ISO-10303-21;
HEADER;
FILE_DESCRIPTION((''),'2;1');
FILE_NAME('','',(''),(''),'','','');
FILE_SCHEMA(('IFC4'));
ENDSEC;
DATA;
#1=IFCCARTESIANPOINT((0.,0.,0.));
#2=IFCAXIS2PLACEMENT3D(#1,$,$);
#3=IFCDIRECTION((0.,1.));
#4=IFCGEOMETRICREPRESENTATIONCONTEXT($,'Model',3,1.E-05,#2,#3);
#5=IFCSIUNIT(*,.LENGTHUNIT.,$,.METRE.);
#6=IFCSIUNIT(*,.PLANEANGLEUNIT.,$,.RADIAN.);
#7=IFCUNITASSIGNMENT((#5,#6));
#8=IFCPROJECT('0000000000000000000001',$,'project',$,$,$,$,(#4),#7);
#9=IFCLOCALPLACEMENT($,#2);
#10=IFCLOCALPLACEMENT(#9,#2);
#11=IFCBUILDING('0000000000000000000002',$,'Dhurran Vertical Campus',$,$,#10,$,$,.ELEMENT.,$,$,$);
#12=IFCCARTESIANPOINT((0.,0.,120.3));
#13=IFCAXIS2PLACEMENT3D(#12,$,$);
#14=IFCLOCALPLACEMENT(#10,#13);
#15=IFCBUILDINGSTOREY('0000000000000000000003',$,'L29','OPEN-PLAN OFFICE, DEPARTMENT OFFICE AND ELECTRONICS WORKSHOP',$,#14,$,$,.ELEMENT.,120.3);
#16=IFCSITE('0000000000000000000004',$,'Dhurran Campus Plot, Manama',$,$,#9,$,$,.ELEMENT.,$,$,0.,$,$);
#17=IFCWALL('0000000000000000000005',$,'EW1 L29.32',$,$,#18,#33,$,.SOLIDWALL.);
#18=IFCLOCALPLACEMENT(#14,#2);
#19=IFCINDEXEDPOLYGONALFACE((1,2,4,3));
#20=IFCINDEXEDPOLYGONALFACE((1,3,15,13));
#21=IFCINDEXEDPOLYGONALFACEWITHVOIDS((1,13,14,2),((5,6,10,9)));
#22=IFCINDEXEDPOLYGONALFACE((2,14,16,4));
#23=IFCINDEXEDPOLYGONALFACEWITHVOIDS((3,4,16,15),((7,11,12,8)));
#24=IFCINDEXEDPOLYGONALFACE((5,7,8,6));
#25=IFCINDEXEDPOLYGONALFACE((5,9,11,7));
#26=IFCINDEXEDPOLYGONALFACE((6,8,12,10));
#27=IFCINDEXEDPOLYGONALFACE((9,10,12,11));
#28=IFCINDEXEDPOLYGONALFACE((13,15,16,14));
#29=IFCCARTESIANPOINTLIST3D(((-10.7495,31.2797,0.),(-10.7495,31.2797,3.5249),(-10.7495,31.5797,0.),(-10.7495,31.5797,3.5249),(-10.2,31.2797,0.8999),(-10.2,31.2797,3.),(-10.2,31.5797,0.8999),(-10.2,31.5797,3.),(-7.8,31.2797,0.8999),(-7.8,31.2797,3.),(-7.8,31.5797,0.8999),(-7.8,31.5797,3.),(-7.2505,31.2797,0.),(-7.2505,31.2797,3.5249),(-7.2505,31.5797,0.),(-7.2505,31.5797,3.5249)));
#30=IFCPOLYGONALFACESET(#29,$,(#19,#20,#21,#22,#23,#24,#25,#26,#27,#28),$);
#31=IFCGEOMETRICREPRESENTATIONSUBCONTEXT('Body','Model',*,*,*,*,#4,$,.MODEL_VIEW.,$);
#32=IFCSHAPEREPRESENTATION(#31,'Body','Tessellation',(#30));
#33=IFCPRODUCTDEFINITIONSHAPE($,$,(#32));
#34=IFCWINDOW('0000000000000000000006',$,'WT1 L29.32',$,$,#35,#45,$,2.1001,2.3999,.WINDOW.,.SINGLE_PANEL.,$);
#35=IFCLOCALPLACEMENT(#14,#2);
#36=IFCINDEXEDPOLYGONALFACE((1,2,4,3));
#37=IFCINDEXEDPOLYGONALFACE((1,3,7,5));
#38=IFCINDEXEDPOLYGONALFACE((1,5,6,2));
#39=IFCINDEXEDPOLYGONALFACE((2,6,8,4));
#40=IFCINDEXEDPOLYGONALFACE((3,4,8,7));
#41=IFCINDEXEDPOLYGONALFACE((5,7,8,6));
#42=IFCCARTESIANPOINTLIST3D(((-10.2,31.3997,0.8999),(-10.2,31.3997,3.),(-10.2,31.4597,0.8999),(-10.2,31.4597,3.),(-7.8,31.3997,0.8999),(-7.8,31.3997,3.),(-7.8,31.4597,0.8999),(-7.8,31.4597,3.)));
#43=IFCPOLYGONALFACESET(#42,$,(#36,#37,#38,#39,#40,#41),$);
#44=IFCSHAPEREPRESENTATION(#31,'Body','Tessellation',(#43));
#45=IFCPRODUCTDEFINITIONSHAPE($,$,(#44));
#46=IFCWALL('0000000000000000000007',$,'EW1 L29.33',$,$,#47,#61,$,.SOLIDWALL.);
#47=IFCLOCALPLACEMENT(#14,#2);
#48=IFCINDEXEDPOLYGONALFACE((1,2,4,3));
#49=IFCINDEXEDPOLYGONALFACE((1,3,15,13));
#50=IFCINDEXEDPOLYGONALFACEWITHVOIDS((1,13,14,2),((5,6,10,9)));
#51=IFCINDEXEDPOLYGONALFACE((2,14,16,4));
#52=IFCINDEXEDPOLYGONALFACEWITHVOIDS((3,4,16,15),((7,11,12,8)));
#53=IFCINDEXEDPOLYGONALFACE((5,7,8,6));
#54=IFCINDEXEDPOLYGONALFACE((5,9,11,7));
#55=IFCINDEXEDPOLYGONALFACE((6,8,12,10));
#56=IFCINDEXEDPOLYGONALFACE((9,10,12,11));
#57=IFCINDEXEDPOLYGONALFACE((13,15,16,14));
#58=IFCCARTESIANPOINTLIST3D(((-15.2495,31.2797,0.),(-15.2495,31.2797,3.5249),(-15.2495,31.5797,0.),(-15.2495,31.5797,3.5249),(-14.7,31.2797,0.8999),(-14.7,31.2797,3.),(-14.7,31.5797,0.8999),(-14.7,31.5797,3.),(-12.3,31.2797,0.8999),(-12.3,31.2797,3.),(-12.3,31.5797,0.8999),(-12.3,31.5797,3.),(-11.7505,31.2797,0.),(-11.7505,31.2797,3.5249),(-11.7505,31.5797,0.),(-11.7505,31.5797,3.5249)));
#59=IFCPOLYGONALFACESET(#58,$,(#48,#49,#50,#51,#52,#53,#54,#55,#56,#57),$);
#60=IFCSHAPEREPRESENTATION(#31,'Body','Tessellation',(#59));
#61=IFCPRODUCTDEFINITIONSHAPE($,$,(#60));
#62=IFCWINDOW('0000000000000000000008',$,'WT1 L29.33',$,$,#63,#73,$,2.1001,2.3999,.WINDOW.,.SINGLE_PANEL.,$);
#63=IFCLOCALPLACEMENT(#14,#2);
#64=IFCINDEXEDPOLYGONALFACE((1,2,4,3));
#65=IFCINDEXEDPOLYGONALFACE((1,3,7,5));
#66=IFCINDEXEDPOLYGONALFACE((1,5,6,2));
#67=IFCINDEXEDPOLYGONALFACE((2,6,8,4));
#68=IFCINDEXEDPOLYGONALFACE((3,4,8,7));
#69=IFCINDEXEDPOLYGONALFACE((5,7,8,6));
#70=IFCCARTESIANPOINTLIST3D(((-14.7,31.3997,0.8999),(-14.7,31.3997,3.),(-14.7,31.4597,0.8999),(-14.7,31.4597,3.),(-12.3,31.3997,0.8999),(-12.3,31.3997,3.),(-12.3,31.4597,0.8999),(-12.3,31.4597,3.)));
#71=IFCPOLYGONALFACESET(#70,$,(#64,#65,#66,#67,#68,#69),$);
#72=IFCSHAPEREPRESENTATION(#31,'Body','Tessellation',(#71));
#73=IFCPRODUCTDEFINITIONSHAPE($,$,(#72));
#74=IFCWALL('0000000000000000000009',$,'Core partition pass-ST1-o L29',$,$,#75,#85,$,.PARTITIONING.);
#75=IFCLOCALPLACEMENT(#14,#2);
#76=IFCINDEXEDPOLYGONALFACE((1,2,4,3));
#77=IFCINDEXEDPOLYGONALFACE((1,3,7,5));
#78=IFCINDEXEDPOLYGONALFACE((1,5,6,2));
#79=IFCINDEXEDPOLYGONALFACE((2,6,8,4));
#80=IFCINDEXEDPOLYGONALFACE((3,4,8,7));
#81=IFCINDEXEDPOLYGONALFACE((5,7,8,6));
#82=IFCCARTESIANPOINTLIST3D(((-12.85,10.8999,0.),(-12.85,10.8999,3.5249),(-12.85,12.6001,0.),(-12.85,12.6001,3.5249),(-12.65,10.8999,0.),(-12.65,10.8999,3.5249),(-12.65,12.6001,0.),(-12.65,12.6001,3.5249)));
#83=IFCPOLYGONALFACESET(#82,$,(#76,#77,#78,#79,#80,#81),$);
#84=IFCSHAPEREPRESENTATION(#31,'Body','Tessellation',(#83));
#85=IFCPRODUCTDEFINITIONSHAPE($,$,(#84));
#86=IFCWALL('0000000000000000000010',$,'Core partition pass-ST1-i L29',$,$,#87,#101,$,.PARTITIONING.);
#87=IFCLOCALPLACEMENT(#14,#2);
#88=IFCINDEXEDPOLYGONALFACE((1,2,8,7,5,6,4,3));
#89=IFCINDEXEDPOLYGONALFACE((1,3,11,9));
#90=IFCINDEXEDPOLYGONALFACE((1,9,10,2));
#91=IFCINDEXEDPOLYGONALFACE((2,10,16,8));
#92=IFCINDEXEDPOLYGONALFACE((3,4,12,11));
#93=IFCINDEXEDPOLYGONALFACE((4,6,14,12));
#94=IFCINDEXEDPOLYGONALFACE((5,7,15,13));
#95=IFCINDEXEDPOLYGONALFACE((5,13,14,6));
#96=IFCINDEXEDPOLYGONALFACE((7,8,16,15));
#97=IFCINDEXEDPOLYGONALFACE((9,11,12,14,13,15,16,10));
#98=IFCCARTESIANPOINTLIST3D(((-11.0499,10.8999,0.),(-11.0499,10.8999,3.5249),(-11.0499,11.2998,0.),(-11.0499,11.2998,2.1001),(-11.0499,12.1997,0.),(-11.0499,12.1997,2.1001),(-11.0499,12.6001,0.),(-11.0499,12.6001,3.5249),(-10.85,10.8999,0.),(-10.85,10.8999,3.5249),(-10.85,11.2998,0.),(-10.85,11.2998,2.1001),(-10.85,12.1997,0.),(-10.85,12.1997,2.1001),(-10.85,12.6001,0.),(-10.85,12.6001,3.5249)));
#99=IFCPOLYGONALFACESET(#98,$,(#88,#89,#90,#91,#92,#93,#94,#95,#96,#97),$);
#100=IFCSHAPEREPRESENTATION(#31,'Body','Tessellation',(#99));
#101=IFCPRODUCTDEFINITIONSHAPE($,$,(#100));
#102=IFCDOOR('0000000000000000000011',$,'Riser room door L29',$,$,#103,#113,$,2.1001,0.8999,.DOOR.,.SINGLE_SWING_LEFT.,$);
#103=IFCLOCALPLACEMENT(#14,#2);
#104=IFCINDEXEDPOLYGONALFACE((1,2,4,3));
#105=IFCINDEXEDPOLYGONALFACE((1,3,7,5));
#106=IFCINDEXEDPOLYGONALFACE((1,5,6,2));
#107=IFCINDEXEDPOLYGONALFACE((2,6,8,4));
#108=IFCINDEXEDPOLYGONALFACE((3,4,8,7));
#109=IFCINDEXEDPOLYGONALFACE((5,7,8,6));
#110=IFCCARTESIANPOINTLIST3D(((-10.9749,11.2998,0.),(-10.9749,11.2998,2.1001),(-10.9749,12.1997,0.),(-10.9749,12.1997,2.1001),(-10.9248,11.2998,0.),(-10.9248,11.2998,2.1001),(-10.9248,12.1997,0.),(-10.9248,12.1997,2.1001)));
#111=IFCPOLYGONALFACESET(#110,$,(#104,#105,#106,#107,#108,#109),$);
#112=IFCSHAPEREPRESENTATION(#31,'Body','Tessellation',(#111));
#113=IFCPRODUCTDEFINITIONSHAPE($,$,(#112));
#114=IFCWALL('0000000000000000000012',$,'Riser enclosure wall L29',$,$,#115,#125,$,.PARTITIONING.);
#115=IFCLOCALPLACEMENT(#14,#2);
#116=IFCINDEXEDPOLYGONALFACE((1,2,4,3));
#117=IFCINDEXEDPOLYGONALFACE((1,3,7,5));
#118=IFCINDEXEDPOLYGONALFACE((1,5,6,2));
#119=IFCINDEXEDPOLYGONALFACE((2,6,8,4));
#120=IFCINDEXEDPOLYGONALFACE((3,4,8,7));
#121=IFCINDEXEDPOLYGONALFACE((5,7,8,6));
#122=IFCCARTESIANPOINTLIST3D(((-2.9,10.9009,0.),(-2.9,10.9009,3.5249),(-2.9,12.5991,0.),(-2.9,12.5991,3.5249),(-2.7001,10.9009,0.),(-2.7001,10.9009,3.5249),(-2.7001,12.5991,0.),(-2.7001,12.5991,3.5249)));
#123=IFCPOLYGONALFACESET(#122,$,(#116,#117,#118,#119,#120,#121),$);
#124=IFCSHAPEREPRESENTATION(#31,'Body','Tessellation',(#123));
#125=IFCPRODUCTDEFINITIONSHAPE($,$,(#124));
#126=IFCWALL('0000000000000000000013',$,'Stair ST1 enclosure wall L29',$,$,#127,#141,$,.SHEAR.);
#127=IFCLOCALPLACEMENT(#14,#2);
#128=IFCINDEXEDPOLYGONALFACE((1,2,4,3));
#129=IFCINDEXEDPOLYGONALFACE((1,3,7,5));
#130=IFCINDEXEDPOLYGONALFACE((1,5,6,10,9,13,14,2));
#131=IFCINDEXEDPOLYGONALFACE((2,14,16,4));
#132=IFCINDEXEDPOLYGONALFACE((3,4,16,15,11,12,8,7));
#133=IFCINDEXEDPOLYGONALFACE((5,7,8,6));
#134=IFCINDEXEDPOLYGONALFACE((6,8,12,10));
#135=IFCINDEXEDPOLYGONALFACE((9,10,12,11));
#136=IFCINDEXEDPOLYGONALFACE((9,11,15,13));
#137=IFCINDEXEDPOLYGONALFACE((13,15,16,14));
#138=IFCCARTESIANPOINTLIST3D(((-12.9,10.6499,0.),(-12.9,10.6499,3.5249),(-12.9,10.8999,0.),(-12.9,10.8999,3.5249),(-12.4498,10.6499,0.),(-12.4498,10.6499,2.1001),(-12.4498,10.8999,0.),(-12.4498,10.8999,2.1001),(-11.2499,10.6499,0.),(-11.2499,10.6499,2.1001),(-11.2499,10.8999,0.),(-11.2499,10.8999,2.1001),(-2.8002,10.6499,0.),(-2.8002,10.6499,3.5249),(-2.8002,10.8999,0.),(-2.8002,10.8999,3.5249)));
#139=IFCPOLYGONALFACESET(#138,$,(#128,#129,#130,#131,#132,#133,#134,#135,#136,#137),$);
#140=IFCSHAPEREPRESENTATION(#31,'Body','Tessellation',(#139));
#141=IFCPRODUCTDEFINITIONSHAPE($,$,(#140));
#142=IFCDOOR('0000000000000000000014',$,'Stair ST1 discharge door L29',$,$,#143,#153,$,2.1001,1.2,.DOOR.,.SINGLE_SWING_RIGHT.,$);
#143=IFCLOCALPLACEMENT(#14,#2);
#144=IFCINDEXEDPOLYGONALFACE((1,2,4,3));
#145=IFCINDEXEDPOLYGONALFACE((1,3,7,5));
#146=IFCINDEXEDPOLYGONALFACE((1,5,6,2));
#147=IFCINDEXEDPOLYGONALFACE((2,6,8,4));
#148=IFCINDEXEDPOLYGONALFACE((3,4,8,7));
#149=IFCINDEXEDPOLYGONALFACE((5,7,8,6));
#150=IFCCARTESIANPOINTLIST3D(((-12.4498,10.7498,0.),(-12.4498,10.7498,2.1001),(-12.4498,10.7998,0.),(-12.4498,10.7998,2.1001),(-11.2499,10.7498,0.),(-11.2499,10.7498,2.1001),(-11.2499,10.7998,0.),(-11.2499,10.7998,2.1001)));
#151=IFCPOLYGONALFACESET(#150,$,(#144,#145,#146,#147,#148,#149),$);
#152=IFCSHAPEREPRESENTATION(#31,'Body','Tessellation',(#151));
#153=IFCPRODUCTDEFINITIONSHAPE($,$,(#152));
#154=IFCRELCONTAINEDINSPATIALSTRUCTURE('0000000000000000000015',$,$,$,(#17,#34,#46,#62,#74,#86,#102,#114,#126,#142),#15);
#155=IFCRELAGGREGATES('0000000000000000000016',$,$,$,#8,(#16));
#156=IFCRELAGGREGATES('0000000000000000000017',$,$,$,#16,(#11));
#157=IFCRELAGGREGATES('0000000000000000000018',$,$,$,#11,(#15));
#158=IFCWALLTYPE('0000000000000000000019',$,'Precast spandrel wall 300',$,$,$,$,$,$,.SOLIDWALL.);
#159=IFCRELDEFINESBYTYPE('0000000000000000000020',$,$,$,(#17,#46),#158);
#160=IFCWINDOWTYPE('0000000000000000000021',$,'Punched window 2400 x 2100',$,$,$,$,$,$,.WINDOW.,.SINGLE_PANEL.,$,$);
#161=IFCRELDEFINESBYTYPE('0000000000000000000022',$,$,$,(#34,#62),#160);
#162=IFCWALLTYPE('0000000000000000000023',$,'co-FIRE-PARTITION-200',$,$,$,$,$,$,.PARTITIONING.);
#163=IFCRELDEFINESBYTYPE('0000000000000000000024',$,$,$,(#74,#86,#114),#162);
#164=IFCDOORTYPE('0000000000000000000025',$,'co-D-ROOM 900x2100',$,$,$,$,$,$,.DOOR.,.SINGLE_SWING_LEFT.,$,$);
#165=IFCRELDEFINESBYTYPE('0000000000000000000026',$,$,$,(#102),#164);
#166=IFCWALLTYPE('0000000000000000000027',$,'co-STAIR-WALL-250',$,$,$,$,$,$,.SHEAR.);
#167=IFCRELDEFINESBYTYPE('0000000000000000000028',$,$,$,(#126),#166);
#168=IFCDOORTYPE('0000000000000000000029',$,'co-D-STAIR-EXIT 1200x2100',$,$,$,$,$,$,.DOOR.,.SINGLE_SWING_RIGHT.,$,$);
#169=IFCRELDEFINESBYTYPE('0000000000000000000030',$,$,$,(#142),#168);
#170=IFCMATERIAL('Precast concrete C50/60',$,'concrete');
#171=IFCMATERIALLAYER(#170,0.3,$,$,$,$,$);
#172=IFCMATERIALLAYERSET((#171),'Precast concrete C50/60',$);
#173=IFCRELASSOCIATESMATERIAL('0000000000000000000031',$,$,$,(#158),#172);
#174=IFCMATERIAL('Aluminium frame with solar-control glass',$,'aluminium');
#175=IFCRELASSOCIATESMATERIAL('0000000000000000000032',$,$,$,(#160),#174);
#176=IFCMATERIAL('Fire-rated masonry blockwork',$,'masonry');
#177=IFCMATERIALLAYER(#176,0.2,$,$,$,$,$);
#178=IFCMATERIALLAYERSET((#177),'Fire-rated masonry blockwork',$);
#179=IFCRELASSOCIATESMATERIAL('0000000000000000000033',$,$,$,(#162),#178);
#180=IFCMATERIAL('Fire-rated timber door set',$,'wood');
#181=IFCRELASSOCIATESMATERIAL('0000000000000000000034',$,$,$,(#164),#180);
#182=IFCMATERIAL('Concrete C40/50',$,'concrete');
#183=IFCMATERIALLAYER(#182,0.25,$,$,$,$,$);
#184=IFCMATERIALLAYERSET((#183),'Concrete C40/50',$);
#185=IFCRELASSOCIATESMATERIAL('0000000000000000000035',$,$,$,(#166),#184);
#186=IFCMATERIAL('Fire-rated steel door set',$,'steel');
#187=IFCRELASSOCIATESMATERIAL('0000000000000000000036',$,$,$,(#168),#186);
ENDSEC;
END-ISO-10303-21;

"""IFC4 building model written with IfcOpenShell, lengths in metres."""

from ifc_helpers import new_model, si_unit, direction, frame, frame_2d, origin, place, context, subcontext, project, spatial, rectangle, extrude, material, layer, layer_set, type_object, element, fill, save


model = new_model("IFC4")

# Units and contexts
model_context = context("Model", 3, precision=1e-05, world=origin(), true_north=direction((0.0, 1.0)))
body_context = subcontext(model_context, "Body", "Model", "MODEL_VIEW")
ifc_project = project(units=[si_unit("LENGTHUNIT", "METRE"), si_unit("PLANEANGLEUNIT", "RADIAN")], contexts=[model_context])

# Site, building, storey
site_placement = place(None, origin())
site = spatial("IfcSite", under=ifc_project, at=site_placement, Name="Dhurran Campus Plot, Manama", CompositionType="ELEMENT", RefElevation=0.0)
building_placement = place(site_placement, origin())
building = spatial("IfcBuilding", under=site, at=building_placement, Name="Dhurran Vertical Campus", CompositionType="ELEMENT")
storey_placement = place(building_placement, frame((0.0, 0.0, 120.3)))
storey = spatial("IfcBuildingStorey", under=building, at=storey_placement, Name="L29", Description="OPEN-PLAN OFFICE, DEPARTMENT OFFICE AND ELECTRONICS WORKSHOP", CompositionType="ELEMENT", Elevation=120.3)

# Walls, openings, windows
ifc_material_1 = material(Name="Precast concrete C50/60", Category="concrete")
ifc_layer_1 = layer(ifc_material_1, 0.3)
ifc_layer_set_1 = layer_set([ifc_layer_1], Name="Precast concrete C50/60")
wall_type_1 = type_object("IfcWallType", Name="Precast spandrel wall 300", PredefinedType="SOLIDWALL", material=ifc_layer_set_1)
ifc_material_2 = material(Name="Aluminium frame with solar-control glass", Category="aluminium")
window_type = type_object("IfcWindowType", Name="Punched window 2400 x 2100", PartitioningType="SINGLE_PANEL", PredefinedType="WINDOW", material=ifc_material_2)
wall_1_placement = place(storey_placement, frame((-7.2505, 31.4297, 0.0), z_axis=(0.0, 0.0, 1.0), x_axis=(-1.0, 0.0, 0.0)))
wall_1 = element("IfcWall", 1, at=wall_1_placement, inside=storey, type_object=wall_type_1, Name="EW1 L29.32", PredefinedType="SOLIDWALL", context=body_context, shape_type="SweptSolid", body=[
    extrude(rectangle(XDim=3.499, YDim=0.3, at=frame_2d((1.7495, 0.0))), origin(), (0.0, 0.0, 1.0), 3.5249),
])
opening_1_placement = place(wall_1_placement, frame((0.5496, 0.0, 0.8999)))
opening_1 = element("IfcOpeningElement", 2, at=opening_1_placement, cuts=wall_1, PredefinedType="OPENING", context=body_context, shape_type="SweptSolid", body=[
    extrude(rectangle(XDim=2.3999, YDim=2.1001, at=frame_2d((1.2, 1.05))), frame((0.0, 0.1599, 0.0), z_axis=(0.0, -1.0, 0.0), x_axis=(1.0, 0.0, 0.0)), (0.0, 0.0, 1.0), 0.3201),
])
window_1_placement = place(opening_1_placement, origin())
window_1 = element("IfcWindow", 3, at=window_1_placement, inside=storey, type_object=window_type, Name="WT1 L29.32", OverallHeight=2.1001, OverallWidth=2.3999, PartitioningType="SINGLE_PANEL", PredefinedType="WINDOW", context=body_context, shape_type="SweptSolid", body=[
    extrude(rectangle(XDim=2.3999, YDim=2.1001, at=frame_2d((1.2, 1.05))), frame((0.0, 0.03, 0.0), z_axis=(0.0, -1.0, 0.0), x_axis=(1.0, 0.0, 0.0)), (0.0, 0.0, 1.0), 0.0601),
])
fill(opening_1, window_1)
wall_2_placement = place(storey_placement, frame((-11.7505, 31.4297, 0.0), z_axis=(0.0, 0.0, 1.0), x_axis=(-1.0, 0.0, 0.0)))
wall_2 = element("IfcWall", 4, at=wall_2_placement, inside=storey, type_object=wall_type_1, Name="EW1 L29.33", PredefinedType="SOLIDWALL", context=body_context, shape_type="SweptSolid", body=[
    extrude(rectangle(XDim=3.499, YDim=0.3, at=frame_2d((1.7495, 0.0))), origin(), (0.0, 0.0, 1.0), 3.5249),
])
opening_2_placement = place(wall_2_placement, frame((0.5496, 0.0, 0.8999)))
opening_2 = element("IfcOpeningElement", 5, at=opening_2_placement, cuts=wall_2, PredefinedType="OPENING", context=body_context, shape_type="SweptSolid", body=[
    extrude(rectangle(XDim=2.3999, YDim=2.1001, at=frame_2d((1.2, 1.05))), frame((0.0, 0.1599, 0.0), z_axis=(0.0, -1.0, 0.0), x_axis=(1.0, 0.0, 0.0)), (0.0, 0.0, 1.0), 0.3201),
])
window_2_placement = place(opening_2_placement, origin())
window_2 = element("IfcWindow", 6, at=window_2_placement, inside=storey, type_object=window_type, Name="WT1 L29.33", OverallHeight=2.1001, OverallWidth=2.3999, PartitioningType="SINGLE_PANEL", PredefinedType="WINDOW", context=body_context, shape_type="SweptSolid", body=[
    extrude(rectangle(XDim=2.3999, YDim=2.1001, at=frame_2d((1.2, 1.05))), frame((0.0, 0.03, 0.0), z_axis=(0.0, -1.0, 0.0), x_axis=(1.0, 0.0, 0.0)), (0.0, 0.0, 1.0), 0.0601),
])
fill(opening_2, window_2)

# Wall
ifc_material_3 = material(Name="Fire-rated masonry blockwork", Category="masonry")
ifc_layer_2 = layer(ifc_material_3, 0.2)
ifc_layer_set_2 = layer_set([ifc_layer_2], Name="Fire-rated masonry blockwork")
wall_type_2 = type_object("IfcWallType", Name="co-FIRE-PARTITION-200", PredefinedType="PARTITIONING", material=ifc_layer_set_2)
wall_3_placement = place(storey_placement, frame((-12.75, 10.8999, 0.0), z_axis=(0.0, 0.0, 1.0), x_axis=(0.0, 1.0, 0.0)))
element("IfcWall", 7, at=wall_3_placement, inside=storey, type_object=wall_type_2, Name="Core partition pass-ST1-o L29", PredefinedType="PARTITIONING", context=body_context, shape_type="SweptSolid", body=[
    extrude(rectangle(XDim=1.7002, YDim=0.2, at=frame_2d((0.8501, 0.0))), origin(), (0.0, 0.0, 1.0), 3.5249),
])

# Wall, opening, door
wall_4_placement = place(storey_placement, frame((-10.95, 10.8999, 0.0), z_axis=(0.0, 0.0, 1.0), x_axis=(0.0, 1.0, 0.0)))
wall_4 = element("IfcWall", 8, at=wall_4_placement, inside=storey, type_object=wall_type_2, Name="Core partition pass-ST1-i L29", PredefinedType="PARTITIONING", context=body_context, shape_type="SweptSolid", body=[
    extrude(rectangle(XDim=1.7002, YDim=0.2, at=frame_2d((0.8501, 0.0))), origin(), (0.0, 0.0, 1.0), 3.5249),
])
opening_3_placement = place(wall_4_placement, frame((0.3999, 0.0, 0.0)))
opening_3 = element("IfcOpeningElement", 9, at=opening_3_placement, cuts=wall_4, PredefinedType="OPENING", context=body_context, shape_type="SweptSolid", body=[
    extrude(rectangle(XDim=0.8999, YDim=2.1001, at=frame_2d((0.45, 1.05))), frame((0.0, 0.1099, 0.0), z_axis=(0.0, -1.0, 0.0), x_axis=(1.0, 0.0, 0.0)), (0.0, 0.0, 1.0), 0.22),
])
ifc_material_4 = material(Name="Fire-rated timber door set", Category="wood")
door_type_1 = type_object("IfcDoorType", Name="co-D-ROOM 900x2100", OperationType="SINGLE_SWING_LEFT", PredefinedType="DOOR", material=ifc_material_4)
door_1_placement = place(opening_3_placement, origin())
door_1 = element("IfcDoor", 10, at=door_1_placement, inside=storey, type_object=door_type_1, Name="Riser room door L29", OperationType="SINGLE_SWING_LEFT", OverallHeight=2.1001, OverallWidth=0.8999, PredefinedType="DOOR", context=body_context, shape_type="SweptSolid", body=[
    extrude(rectangle(XDim=0.8999, YDim=2.1001, at=frame_2d((0.45, 1.05))), frame((0.0, 0.0249, 0.0), z_axis=(0.0, -1.0, 0.0), x_axis=(1.0, 0.0, 0.0)), (0.0, 0.0, 1.0), 0.05),
])
fill(opening_3, door_1)

# Wall
wall_5_placement = place(storey_placement, frame((-2.8, 10.9009, 0.0), z_axis=(0.0, 0.0, 1.0), x_axis=(0.0, 1.0, 0.0)))
element("IfcWall", 11, at=wall_5_placement, inside=storey, type_object=wall_type_2, Name="Riser enclosure wall L29", PredefinedType="PARTITIONING", context=body_context, shape_type="SweptSolid", body=[
    extrude(rectangle(XDim=1.6982, YDim=0.2, at=frame_2d((0.8491, 0.0))), origin(), (0.0, 0.0, 1.0), 3.5249),
])

# Wall, opening, door
ifc_material_5 = material(Name="Concrete C40/50", Category="concrete")
ifc_layer_3 = layer(ifc_material_5, 0.25)
ifc_layer_set_3 = layer_set([ifc_layer_3], Name="Concrete C40/50")
wall_type_3 = type_object("IfcWallType", Name="co-STAIR-WALL-250", PredefinedType="SHEAR", material=ifc_layer_set_3)
wall_6_placement = place(storey_placement, frame((-12.8999, 10.7749, 0.0), z_axis=(0.0, 0.0, 1.0), x_axis=(1.0, 0.0, 0.0)))
wall_6 = element("IfcWall", 12, at=wall_6_placement, inside=storey, type_object=wall_type_3, Name="Stair ST1 enclosure wall L29", PredefinedType="SHEAR", context=body_context, shape_type="SweptSolid", body=[
    extrude(rectangle(XDim=10.0999, YDim=0.25, at=frame_2d((5.0498, 0.0))), origin(), (0.0, 0.0, 1.0), 3.5249),
])
opening_4_placement = place(wall_6_placement, frame((0.45, 0.0, 0.0)))
opening_4 = element("IfcOpeningElement", 13, at=opening_4_placement, cuts=wall_6, PredefinedType="OPENING", context=body_context, shape_type="SweptSolid", body=[
    extrude(rectangle(XDim=1.2, YDim=2.1001, at=frame_2d((0.6001, 1.05))), frame((0.0, 0.135, 0.0), z_axis=(0.0, -1.0, 0.0), x_axis=(1.0, 0.0, 0.0)), (0.0, 0.0, 1.0), 0.27),
])
ifc_material_6 = material(Name="Fire-rated steel door set", Category="steel")
door_type_2 = type_object("IfcDoorType", Name="co-D-STAIR-EXIT 1200x2100", OperationType="SINGLE_SWING_RIGHT", PredefinedType="DOOR", material=ifc_material_6)
door_2_placement = place(opening_4_placement, origin())
door_2 = element("IfcDoor", 14, at=door_2_placement, inside=storey, type_object=door_type_2, Name="Stair ST1 discharge door L29", OperationType="SINGLE_SWING_RIGHT", OverallHeight=2.1001, OverallWidth=1.2, PredefinedType="DOOR", context=body_context, shape_type="SweptSolid", body=[
    extrude(rectangle(XDim=1.2, YDim=2.1001, at=frame_2d((0.6001, 1.05))), frame((0.0, 0.0249, 0.0), z_axis=(0.0, -1.0, 0.0), x_axis=(1.0, 0.0, 0.0)), (0.0, 0.0, 1.0), 0.05),
])
fill(opening_4, door_2)

save(model, "model.ifc")
